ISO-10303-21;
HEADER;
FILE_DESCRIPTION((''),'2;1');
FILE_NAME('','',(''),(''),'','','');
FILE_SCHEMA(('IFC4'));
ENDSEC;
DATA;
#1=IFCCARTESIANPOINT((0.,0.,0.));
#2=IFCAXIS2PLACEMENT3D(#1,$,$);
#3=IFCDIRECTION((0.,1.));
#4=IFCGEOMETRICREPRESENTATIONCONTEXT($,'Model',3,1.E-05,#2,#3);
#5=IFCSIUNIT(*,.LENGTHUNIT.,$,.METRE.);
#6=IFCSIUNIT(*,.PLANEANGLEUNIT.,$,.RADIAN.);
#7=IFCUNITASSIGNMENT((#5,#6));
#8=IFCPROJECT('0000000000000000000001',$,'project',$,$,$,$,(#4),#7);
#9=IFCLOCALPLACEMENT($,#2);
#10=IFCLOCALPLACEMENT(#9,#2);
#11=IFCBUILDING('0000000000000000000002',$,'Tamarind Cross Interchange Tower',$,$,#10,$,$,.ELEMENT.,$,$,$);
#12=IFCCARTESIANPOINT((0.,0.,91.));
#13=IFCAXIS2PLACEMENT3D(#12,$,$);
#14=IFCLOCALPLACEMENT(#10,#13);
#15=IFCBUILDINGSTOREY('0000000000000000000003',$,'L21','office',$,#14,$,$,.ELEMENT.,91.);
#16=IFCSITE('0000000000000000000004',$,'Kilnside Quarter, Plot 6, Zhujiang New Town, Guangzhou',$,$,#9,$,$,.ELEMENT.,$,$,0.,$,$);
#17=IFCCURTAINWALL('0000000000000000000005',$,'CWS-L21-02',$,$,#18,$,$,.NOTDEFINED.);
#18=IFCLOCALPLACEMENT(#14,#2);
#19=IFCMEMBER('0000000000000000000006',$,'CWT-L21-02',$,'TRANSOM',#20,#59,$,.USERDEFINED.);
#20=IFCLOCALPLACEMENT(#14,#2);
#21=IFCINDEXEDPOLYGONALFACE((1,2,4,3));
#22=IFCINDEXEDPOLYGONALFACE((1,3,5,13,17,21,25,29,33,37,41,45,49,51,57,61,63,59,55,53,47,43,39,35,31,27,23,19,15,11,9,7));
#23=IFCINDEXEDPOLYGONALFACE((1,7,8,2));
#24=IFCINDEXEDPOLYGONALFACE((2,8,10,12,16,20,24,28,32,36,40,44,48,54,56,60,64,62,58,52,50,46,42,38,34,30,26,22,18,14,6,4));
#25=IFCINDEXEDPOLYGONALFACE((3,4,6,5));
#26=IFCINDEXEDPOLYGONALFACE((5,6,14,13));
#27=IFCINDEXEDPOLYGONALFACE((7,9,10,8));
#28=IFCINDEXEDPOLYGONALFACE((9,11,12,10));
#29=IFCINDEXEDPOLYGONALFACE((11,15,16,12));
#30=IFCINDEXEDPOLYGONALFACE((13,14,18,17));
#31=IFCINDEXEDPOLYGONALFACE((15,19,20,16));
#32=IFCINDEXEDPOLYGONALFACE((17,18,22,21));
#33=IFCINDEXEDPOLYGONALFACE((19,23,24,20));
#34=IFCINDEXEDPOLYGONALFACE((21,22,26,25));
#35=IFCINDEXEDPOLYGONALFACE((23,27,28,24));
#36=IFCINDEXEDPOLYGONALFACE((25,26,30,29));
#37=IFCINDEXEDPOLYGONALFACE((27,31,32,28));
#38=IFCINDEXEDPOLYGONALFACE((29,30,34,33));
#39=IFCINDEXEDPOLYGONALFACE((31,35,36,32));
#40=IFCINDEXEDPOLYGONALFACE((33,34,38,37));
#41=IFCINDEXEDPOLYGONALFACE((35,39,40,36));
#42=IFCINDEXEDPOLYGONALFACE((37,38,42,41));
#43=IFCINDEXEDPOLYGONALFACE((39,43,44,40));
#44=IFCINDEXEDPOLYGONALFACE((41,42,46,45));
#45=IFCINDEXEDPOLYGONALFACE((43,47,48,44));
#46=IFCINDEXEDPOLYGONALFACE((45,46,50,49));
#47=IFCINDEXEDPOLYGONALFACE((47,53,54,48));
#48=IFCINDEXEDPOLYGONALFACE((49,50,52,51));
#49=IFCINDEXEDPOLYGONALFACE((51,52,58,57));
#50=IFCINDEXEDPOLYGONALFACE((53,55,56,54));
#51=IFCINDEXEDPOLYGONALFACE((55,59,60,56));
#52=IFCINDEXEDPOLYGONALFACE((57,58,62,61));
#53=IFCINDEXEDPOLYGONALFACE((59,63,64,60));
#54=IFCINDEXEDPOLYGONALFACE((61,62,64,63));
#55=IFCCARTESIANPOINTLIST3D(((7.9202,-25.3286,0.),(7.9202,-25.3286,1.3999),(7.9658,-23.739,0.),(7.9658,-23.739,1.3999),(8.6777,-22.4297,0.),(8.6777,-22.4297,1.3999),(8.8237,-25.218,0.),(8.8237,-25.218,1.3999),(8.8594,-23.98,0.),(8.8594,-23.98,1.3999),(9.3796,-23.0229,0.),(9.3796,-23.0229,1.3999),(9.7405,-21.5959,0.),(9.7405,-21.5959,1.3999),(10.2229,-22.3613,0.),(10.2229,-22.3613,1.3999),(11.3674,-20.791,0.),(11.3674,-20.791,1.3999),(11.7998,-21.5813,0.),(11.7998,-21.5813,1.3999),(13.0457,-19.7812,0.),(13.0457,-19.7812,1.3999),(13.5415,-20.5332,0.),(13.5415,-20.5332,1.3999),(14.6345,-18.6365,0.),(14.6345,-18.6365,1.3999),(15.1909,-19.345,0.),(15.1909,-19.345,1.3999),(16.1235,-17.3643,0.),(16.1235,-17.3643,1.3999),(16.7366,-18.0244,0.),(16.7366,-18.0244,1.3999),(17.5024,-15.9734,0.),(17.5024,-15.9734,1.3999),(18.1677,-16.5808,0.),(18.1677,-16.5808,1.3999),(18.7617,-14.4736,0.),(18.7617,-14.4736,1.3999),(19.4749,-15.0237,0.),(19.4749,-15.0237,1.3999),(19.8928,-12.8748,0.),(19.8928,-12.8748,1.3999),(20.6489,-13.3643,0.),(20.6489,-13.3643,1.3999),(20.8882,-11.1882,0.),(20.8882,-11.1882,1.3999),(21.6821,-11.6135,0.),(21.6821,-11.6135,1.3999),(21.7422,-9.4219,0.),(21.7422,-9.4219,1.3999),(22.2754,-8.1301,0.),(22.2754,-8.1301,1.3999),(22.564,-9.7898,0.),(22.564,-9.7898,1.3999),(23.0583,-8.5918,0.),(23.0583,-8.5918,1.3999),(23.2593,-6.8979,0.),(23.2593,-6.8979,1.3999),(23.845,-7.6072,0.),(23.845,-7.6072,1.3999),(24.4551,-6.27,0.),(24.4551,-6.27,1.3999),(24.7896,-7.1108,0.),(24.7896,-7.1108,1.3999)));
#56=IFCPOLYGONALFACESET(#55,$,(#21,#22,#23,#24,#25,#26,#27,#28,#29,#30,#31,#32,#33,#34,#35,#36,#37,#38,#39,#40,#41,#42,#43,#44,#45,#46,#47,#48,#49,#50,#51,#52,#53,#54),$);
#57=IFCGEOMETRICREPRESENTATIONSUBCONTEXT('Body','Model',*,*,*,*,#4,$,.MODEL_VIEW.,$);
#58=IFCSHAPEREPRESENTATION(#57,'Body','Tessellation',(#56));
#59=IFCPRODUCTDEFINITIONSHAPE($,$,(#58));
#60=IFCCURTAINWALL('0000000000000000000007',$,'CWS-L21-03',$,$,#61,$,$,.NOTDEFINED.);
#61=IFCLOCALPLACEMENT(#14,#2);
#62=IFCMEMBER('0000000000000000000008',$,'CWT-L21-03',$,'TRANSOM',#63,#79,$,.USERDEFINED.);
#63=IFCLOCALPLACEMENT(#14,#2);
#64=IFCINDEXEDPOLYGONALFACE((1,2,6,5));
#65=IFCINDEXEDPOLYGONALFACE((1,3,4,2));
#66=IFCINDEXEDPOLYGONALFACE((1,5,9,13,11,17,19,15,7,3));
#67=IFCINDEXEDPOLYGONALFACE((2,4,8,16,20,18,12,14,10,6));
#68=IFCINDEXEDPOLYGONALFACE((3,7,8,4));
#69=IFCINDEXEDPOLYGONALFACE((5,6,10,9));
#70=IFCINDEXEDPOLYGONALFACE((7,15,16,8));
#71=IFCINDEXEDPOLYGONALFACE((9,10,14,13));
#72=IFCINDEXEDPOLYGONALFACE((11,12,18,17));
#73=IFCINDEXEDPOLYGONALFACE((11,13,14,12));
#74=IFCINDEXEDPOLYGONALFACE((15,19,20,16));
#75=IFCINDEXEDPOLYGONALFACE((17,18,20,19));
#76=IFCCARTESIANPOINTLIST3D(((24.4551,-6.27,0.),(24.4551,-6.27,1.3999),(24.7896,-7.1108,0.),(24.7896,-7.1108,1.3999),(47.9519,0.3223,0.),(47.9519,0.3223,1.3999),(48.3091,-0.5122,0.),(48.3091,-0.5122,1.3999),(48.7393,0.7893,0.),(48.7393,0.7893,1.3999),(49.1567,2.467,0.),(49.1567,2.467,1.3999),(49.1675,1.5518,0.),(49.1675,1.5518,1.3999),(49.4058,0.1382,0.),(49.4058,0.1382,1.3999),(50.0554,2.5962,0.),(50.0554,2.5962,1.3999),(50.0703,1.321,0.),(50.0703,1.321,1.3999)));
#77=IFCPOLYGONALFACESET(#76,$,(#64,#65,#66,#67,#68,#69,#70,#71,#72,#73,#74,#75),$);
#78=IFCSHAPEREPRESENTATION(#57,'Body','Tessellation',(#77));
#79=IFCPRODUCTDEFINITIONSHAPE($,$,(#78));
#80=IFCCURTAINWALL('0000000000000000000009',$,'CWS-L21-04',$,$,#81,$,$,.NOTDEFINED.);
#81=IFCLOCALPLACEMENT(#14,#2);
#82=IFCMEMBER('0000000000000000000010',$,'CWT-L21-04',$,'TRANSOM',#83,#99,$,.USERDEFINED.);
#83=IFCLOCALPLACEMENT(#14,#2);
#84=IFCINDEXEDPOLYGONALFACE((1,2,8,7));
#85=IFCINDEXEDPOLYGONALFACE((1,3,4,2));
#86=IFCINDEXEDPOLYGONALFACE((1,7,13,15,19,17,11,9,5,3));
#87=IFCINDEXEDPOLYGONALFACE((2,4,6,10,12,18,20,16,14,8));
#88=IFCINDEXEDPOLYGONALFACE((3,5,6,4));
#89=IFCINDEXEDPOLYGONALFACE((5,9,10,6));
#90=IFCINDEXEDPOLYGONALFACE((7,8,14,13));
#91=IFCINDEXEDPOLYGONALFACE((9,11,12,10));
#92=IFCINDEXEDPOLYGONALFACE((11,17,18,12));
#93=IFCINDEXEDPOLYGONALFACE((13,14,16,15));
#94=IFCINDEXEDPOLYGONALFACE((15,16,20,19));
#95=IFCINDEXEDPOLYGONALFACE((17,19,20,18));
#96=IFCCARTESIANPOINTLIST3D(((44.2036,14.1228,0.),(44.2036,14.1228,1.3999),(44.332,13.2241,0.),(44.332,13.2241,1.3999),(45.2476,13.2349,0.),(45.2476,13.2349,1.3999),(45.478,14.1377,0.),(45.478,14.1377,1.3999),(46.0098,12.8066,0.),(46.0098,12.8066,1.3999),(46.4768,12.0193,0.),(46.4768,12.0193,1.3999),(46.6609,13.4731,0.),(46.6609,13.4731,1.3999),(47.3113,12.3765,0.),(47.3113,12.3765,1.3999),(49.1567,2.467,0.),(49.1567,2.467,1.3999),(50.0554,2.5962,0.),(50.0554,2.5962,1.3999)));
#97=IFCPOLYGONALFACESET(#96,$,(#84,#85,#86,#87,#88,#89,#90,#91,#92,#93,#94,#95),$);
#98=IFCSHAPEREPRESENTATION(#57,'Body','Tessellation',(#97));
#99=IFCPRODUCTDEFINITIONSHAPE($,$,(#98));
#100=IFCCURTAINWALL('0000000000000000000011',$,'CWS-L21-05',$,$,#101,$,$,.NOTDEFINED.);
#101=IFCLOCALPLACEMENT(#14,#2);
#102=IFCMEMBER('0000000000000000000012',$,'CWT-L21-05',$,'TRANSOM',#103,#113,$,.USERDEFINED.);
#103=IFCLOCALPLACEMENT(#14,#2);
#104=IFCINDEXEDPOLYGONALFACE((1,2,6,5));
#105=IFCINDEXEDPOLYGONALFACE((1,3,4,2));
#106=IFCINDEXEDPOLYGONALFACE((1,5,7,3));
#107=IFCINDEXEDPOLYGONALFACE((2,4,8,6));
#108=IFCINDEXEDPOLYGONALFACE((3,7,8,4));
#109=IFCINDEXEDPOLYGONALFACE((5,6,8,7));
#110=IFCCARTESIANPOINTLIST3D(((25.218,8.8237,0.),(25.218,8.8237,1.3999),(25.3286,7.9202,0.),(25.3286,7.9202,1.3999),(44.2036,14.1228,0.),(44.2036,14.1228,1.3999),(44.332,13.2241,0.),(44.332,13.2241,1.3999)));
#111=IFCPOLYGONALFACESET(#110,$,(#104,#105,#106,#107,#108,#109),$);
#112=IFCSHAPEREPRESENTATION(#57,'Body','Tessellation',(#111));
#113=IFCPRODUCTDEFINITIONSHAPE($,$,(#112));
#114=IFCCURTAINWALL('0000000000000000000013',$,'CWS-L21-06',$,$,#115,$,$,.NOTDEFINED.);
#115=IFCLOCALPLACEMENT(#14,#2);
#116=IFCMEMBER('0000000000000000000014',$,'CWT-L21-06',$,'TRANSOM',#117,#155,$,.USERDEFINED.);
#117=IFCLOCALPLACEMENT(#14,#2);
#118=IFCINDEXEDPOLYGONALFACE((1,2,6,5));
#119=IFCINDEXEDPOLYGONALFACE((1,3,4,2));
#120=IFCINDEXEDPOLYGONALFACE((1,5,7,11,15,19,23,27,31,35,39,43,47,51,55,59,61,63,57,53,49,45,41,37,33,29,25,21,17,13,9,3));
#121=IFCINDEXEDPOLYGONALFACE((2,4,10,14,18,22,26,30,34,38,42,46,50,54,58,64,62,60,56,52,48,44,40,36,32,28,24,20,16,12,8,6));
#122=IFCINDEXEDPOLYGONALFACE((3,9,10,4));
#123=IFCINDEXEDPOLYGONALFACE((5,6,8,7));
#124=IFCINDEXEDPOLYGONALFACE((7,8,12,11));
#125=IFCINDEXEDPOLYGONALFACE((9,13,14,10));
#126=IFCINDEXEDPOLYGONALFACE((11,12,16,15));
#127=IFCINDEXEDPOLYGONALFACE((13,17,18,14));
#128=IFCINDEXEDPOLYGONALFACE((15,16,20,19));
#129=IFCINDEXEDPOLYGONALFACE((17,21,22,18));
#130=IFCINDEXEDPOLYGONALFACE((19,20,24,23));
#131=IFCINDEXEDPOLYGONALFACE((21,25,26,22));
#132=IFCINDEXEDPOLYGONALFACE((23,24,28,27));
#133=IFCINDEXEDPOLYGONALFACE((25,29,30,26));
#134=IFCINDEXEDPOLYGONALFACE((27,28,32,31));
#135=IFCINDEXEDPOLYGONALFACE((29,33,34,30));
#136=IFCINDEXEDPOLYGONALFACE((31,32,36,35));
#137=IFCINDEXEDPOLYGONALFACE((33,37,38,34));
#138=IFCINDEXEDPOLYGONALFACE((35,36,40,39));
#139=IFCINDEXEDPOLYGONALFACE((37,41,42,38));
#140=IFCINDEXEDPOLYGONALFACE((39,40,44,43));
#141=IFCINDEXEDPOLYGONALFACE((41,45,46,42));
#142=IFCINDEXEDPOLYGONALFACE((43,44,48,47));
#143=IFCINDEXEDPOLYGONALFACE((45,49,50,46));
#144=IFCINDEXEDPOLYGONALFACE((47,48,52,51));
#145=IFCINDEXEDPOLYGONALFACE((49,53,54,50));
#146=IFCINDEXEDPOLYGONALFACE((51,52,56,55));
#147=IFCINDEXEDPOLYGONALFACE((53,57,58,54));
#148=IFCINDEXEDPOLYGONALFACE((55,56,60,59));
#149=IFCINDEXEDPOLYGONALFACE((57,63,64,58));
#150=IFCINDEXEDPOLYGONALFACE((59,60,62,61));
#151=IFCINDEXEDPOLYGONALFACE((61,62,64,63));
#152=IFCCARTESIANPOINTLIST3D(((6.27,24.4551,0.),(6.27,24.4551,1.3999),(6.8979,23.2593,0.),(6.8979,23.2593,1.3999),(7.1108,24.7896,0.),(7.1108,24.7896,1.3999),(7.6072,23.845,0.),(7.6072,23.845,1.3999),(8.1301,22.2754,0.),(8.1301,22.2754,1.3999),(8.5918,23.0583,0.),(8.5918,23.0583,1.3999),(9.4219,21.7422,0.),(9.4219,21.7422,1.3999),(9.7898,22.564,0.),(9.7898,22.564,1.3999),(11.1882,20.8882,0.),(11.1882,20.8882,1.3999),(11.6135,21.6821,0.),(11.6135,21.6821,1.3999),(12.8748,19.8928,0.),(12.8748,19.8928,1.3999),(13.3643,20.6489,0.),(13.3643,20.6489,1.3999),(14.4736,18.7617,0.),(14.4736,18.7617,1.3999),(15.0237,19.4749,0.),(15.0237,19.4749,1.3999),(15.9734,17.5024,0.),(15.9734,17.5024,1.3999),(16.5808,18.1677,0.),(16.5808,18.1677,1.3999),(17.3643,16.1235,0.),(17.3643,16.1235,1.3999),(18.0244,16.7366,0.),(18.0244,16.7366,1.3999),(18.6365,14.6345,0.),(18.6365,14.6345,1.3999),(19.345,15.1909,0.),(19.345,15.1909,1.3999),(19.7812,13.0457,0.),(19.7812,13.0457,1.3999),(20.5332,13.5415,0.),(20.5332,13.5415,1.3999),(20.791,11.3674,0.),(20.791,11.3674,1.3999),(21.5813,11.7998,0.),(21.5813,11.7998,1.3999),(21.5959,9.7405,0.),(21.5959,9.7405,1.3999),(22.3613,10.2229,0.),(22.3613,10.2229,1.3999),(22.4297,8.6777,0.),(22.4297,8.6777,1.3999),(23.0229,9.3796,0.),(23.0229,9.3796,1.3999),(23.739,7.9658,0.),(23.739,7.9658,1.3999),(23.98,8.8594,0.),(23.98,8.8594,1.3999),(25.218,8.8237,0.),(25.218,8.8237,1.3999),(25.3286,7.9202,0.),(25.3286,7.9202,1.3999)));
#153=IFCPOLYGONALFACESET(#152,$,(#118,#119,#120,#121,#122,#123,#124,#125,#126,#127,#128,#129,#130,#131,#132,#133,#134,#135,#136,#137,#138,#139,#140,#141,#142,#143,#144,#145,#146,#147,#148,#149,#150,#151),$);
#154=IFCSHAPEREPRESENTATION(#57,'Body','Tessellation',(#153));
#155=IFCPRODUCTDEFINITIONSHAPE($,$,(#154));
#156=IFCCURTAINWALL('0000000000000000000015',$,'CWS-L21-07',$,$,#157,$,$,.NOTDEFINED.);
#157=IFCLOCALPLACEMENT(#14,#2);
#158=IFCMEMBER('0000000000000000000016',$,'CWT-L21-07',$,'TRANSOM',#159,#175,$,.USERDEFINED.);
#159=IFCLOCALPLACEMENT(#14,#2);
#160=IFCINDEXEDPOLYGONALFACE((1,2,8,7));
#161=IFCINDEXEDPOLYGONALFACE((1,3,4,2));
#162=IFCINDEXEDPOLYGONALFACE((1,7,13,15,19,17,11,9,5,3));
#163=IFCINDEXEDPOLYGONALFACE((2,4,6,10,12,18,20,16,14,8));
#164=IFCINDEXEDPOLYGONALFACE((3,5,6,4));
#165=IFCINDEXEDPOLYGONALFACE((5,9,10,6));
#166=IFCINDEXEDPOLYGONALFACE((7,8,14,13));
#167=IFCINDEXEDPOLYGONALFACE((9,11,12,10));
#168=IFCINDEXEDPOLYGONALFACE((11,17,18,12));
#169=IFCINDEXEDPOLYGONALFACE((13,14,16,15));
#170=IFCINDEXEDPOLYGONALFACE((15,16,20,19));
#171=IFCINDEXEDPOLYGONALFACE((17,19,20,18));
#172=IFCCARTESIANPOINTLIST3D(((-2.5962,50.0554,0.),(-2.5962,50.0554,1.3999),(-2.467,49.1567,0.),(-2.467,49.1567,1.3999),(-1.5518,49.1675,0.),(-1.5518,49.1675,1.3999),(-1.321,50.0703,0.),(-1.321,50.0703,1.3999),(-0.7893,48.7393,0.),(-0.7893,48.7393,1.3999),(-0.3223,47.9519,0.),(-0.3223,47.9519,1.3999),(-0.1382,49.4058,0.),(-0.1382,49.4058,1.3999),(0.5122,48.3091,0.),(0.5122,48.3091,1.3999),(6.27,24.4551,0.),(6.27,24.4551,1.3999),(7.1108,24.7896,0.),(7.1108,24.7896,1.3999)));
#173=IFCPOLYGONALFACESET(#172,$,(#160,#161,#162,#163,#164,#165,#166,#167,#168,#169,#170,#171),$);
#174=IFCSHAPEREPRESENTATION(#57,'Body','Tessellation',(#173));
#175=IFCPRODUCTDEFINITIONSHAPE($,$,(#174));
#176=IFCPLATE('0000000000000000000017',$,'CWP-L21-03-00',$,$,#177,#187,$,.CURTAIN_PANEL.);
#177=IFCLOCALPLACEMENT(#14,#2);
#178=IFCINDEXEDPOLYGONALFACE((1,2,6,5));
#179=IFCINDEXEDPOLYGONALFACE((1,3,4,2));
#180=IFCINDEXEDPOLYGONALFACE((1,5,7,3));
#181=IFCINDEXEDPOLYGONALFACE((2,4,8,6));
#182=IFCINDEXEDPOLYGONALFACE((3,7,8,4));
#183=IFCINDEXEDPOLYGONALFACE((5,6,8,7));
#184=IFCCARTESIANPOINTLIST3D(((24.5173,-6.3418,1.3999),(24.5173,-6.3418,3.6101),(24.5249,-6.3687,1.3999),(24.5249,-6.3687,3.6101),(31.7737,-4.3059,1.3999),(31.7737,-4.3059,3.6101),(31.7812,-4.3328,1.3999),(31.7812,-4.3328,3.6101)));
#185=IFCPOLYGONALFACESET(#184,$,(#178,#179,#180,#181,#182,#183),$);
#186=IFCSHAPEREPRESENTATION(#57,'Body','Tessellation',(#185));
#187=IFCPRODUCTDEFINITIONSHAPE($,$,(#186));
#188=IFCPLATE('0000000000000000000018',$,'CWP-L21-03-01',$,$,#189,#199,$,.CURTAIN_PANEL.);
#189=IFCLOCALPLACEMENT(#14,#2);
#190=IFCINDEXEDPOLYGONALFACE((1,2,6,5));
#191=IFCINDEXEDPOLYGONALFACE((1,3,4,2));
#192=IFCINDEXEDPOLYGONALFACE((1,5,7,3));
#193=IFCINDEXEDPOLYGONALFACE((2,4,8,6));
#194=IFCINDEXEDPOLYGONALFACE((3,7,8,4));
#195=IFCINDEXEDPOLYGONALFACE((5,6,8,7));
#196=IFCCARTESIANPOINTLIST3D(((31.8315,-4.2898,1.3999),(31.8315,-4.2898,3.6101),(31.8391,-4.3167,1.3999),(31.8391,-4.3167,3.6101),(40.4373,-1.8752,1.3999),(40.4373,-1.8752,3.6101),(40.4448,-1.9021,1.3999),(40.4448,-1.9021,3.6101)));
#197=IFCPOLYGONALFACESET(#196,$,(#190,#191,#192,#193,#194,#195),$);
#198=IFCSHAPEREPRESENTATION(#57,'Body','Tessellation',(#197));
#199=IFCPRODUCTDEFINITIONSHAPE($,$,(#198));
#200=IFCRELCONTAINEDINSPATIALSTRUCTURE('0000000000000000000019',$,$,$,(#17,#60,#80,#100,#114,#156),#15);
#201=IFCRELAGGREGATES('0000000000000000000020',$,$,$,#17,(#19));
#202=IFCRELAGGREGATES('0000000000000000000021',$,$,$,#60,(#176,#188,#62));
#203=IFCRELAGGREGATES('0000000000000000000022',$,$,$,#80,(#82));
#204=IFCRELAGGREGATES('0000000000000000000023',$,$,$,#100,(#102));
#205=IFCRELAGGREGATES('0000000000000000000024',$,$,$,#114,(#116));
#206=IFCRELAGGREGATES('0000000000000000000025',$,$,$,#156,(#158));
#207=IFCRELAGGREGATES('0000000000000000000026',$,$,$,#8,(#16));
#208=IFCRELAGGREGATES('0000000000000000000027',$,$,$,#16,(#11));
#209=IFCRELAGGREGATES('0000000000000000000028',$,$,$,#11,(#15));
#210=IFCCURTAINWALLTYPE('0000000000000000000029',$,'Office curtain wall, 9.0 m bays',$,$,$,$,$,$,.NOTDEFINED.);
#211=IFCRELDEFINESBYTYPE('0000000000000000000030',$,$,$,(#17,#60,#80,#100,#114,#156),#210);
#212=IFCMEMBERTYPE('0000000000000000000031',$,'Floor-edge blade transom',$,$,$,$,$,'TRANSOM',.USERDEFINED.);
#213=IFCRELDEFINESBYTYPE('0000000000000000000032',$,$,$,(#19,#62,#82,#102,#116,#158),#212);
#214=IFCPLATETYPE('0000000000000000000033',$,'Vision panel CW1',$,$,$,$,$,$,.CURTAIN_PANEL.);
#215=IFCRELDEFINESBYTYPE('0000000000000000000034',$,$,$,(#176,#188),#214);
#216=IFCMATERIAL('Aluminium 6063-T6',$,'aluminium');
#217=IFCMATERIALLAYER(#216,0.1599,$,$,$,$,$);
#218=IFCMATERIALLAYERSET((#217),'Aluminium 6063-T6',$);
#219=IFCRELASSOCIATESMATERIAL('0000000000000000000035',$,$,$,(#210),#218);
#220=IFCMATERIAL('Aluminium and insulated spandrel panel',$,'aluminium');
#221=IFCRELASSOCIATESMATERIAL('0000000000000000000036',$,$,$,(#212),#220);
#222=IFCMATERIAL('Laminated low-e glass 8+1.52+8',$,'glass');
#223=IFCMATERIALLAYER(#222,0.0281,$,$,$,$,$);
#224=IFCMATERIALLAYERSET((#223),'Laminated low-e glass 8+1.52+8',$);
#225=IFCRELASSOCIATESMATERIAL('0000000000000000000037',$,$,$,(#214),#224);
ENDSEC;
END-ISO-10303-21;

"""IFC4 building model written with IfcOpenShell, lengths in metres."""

from ifc_helpers import new_model, si_unit, direction, frame, origin, place, context, subcontext, project, spatial, polyline, outline, extrude, material, layer, layer_set, type_object, element, aggregate, save


model = new_model("IFC4")

# Units and contexts
model_context = context("Model", 3, precision=1e-05, world=origin(), true_north=direction((0.0, 1.0)))
body_context = subcontext(model_context, "Body", "Model", "MODEL_VIEW")
ifc_project = project(units=[si_unit("LENGTHUNIT", "METRE"), si_unit("PLANEANGLEUNIT", "RADIAN")], contexts=[model_context])

# Site, building, storey
site_placement = place(None, origin())
site = spatial("IfcSite", under=ifc_project, at=site_placement, Name="Kilnside Quarter, Plot 6, Zhujiang New Town, Guangzhou", CompositionType="ELEMENT", RefElevation=0.0)
building_placement = place(site_placement, origin())
building = spatial("IfcBuilding", under=site, at=building_placement, Name="Tamarind Cross Interchange Tower", CompositionType="ELEMENT")
storey_placement = place(building_placement, frame((0.0, 0.0, 91.0)))
storey = spatial("IfcBuildingStorey", under=building, at=storey_placement, Name="L21", Description="office", CompositionType="ELEMENT", Elevation=91.0)

# Curtain walls, members
ifc_material_1 = material(Name="Aluminium 6063-T6", Category="aluminium")
ifc_layer_1 = layer(ifc_material_1, 0.1599)
ifc_layer_set_1 = layer_set([ifc_layer_1], Name="Aluminium 6063-T6")
curtain_wall_type = type_object("IfcCurtainWallType", Name="Office curtain wall, 9.0 m bays", PredefinedType="NOTDEFINED", material=ifc_layer_set_1)
curtain_wall_1_placement = place(storey_placement, origin())
curtain_wall_1 = element("IfcCurtainWall", 1, at=curtain_wall_1_placement, inside=storey, type_object=curtain_wall_type, Name="CWS-L21-02", PredefinedType="NOTDEFINED")
ifc_material_2 = material(Name="Aluminium and insulated spandrel panel", Category="aluminium")
member_type = type_object("IfcMemberType", Name="Floor-edge blade transom", ElementType="TRANSOM", PredefinedType="USERDEFINED", material=ifc_material_2)
member_1_placement = place(storey_placement, origin())
member_1 = element("IfcMember", 2, at=member_1_placement, type_object=member_type, Name="CWT-L21-02", ObjectType="TRANSOM", PredefinedType="USERDEFINED", context=body_context, shape_type="SweptSolid", body=[
    extrude(outline(polyline([(7.9202, -25.3286), (7.9658, -23.739), (8.6777, -22.4297), (9.7405, -21.5959), (11.3674, -20.791), (13.0457, -19.7812), (14.6345, -18.6365), (16.1235, -17.3643), (17.5024, -15.9734), (18.7617, -14.4736), (19.8928, -12.8748), (20.8882, -11.1882), (21.7422, -9.4219), (22.2754, -8.1301), (23.2593, -6.8979), (24.4551, -6.27), (24.7896, -7.1108), (23.845, -7.6072), (23.0583, -8.5918), (22.564, -9.7898), (21.6821, -11.6135), (20.6489, -13.3643), (19.4749, -15.0237), (18.1677, -16.5808), (16.7366, -18.0244), (15.1909, -19.345), (13.5415, -20.5332), (11.7998, -21.5813), (10.2229, -22.3613), (9.3796, -23.0229), (8.8594, -23.98), (8.8237, -25.218), (7.9202, -25.3286)])), origin(), (0.0, 0.0, 1.0), 1.3999),
])
aggregate(curtain_wall_1, [member_1])
curtain_wall_2_placement = place(storey_placement, origin())
curtain_wall_2 = element("IfcCurtainWall", 3, at=curtain_wall_2_placement, inside=storey, type_object=curtain_wall_type, Name="CWS-L21-03", PredefinedType="NOTDEFINED")
member_2_placement = place(storey_placement, origin())
member_2 = element("IfcMember", 4, at=member_2_placement, type_object=member_type, Name="CWT-L21-03", ObjectType="TRANSOM", PredefinedType="USERDEFINED", context=body_context, shape_type="SweptSolid", body=[
    extrude(outline(polyline([(24.4551, -6.27), (47.9519, 0.3223), (48.7393, 0.7893), (49.1675, 1.5518), (49.1567, 2.467), (50.0554, 2.5962), (50.0703, 1.321), (49.4058, 0.1382), (48.3091, -0.5122), (24.7896, -7.1108), (24.4551, -6.27)])), origin(), (0.0, 0.0, 1.0), 1.3999),
])
curtain_wall_3_placement = place(storey_placement, origin())
curtain_wall_3 = element("IfcCurtainWall", 5, at=curtain_wall_3_placement, inside=storey, type_object=curtain_wall_type, Name="CWS-L21-04", PredefinedType="NOTDEFINED")
member_3_placement = place(storey_placement, origin())
member_3 = element("IfcMember", 6, at=member_3_placement, type_object=member_type, Name="CWT-L21-04", ObjectType="TRANSOM", PredefinedType="USERDEFINED", context=body_context, shape_type="SweptSolid", body=[
    extrude(outline(polyline([(49.1567, 2.467), (46.4768, 12.0193), (46.0098, 12.8066), (45.2476, 13.2349), (44.332, 13.2241), (44.2036, 14.1228), (45.478, 14.1377), (46.6609, 13.4731), (47.3113, 12.3765), (50.0554, 2.5962), (49.1567, 2.467)])), origin(), (0.0, 0.0, 1.0), 1.3999),
])
curtain_wall_4_placement = place(storey_placement, origin())
curtain_wall_4 = element("IfcCurtainWall", 7, at=curtain_wall_4_placement, inside=storey, type_object=curtain_wall_type, Name="CWS-L21-05", PredefinedType="NOTDEFINED")
member_4_placement = place(storey_placement, origin())
member_4 = element("IfcMember", 8, at=member_4_placement, type_object=member_type, Name="CWT-L21-05", ObjectType="TRANSOM", PredefinedType="USERDEFINED", context=body_context, shape_type="SweptSolid", body=[
    extrude(outline(polyline([(44.332, 13.2241), (25.3286, 7.9202), (25.218, 8.8237), (44.2036, 14.1228), (44.332, 13.2241)])), origin(), (0.0, 0.0, 1.0), 1.3999),
])
curtain_wall_5_placement = place(storey_placement, origin())
curtain_wall_5 = element("IfcCurtainWall", 9, at=curtain_wall_5_placement, inside=storey, type_object=curtain_wall_type, Name="CWS-L21-06", PredefinedType="NOTDEFINED")
member_5_placement = place(storey_placement, origin())
member_5 = element("IfcMember", 10, at=member_5_placement, type_object=member_type, Name="CWT-L21-06", ObjectType="TRANSOM", PredefinedType="USERDEFINED", context=body_context, shape_type="SweptSolid", body=[
    extrude(outline(polyline([(25.3286, 7.9202), (23.739, 7.9658), (22.4297, 8.6777), (21.5959, 9.7405), (20.791, 11.3674), (19.7812, 13.0457), (18.6365, 14.6345), (17.3643, 16.1235), (15.9734, 17.5024), (14.4736, 18.7617), (12.8748, 19.8928), (11.1882, 20.8882), (9.4219, 21.7422), (8.1301, 22.2754), (6.8979, 23.2593), (6.27, 24.4551), (7.1108, 24.7896), (7.6072, 23.845), (8.5918, 23.0583), (9.7898, 22.564), (11.6135, 21.6821), (13.3643, 20.6489), (15.0237, 19.4749), (16.5808, 18.1677), (18.0244, 16.7366), (19.345, 15.1909), (20.5332, 13.5415), (21.5813, 11.7998), (22.3613, 10.2229), (23.0229, 9.3796), (23.98, 8.8594), (25.218, 8.8237), (25.3286, 7.9202)])), origin(), (0.0, 0.0, 1.0), 1.3999),
])
curtain_wall_6_placement = place(storey_placement, origin())
curtain_wall_6 = element("IfcCurtainWall", 11, at=curtain_wall_6_placement, inside=storey, type_object=curtain_wall_type, Name="CWS-L21-07", PredefinedType="NOTDEFINED")
member_6_placement = place(storey_placement, origin())
member_6 = element("IfcMember", 12, at=member_6_placement, type_object=member_type, Name="CWT-L21-07", ObjectType="TRANSOM", PredefinedType="USERDEFINED", context=body_context, shape_type="SweptSolid", body=[
    extrude(outline(polyline([(6.27, 24.4551), (-0.3223, 47.9519), (-0.7893, 48.7393), (-1.5518, 49.1675), (-2.467, 49.1567), (-2.5962, 50.0554), (-1.321, 50.0703), (-0.1382, 49.4058), (0.5122, 48.3091), (7.1108, 24.7896), (6.27, 24.4551)])), origin(), (0.0, 0.0, 1.0), 1.3999),
])

# Plates
ifc_material_3 = material(Name="Laminated low-e glass 8+1.52+8", Category="glass")
ifc_layer_2 = layer(ifc_material_3, 0.0281)
ifc_layer_set_2 = layer_set([ifc_layer_2], Name="Laminated low-e glass 8+1.52+8")
plate_type = type_object("IfcPlateType", Name="Vision panel CW1", PredefinedType="CURTAIN_PANEL", material=ifc_layer_set_2)
plate_1_placement = place(storey_placement, frame((0.0, 0.0, 1.3999)))
plate_1 = element("IfcPlate", 13, at=plate_1_placement, type_object=plate_type, Name="CWP-L21-03-00", PredefinedType="CURTAIN_PANEL", context=body_context, shape_type="SweptSolid", body=[
    extrude(outline(polyline([(24.5173, -6.3418), (31.7737, -4.3059), (31.7812, -4.3328), (24.5249, -6.3687), (24.5173, -6.3418)])), origin(), (0.0, 0.0, 1.0), 2.2102),
])
plate_2_placement = place(storey_placement, frame((0.0, 0.0, 1.3999)))
plate_2 = element("IfcPlate", 14, at=plate_2_placement, type_object=plate_type, Name="CWP-L21-03-01", PredefinedType="CURTAIN_PANEL", context=body_context, shape_type="SweptSolid", body=[
    extrude(outline(polyline([(31.8315, -4.2898), (40.4373, -1.8752), (40.4448, -1.9021), (31.8391, -4.3167), (31.8315, -4.2898)])), origin(), (0.0, 0.0, 1.0), 2.2102),
])
aggregate(curtain_wall_2, [plate_1, plate_2, member_2])
aggregate(curtain_wall_3, [member_3])
aggregate(curtain_wall_4, [member_4])
aggregate(curtain_wall_5, [member_5])
aggregate(curtain_wall_6, [member_6])

save(model, "model.ifc")
